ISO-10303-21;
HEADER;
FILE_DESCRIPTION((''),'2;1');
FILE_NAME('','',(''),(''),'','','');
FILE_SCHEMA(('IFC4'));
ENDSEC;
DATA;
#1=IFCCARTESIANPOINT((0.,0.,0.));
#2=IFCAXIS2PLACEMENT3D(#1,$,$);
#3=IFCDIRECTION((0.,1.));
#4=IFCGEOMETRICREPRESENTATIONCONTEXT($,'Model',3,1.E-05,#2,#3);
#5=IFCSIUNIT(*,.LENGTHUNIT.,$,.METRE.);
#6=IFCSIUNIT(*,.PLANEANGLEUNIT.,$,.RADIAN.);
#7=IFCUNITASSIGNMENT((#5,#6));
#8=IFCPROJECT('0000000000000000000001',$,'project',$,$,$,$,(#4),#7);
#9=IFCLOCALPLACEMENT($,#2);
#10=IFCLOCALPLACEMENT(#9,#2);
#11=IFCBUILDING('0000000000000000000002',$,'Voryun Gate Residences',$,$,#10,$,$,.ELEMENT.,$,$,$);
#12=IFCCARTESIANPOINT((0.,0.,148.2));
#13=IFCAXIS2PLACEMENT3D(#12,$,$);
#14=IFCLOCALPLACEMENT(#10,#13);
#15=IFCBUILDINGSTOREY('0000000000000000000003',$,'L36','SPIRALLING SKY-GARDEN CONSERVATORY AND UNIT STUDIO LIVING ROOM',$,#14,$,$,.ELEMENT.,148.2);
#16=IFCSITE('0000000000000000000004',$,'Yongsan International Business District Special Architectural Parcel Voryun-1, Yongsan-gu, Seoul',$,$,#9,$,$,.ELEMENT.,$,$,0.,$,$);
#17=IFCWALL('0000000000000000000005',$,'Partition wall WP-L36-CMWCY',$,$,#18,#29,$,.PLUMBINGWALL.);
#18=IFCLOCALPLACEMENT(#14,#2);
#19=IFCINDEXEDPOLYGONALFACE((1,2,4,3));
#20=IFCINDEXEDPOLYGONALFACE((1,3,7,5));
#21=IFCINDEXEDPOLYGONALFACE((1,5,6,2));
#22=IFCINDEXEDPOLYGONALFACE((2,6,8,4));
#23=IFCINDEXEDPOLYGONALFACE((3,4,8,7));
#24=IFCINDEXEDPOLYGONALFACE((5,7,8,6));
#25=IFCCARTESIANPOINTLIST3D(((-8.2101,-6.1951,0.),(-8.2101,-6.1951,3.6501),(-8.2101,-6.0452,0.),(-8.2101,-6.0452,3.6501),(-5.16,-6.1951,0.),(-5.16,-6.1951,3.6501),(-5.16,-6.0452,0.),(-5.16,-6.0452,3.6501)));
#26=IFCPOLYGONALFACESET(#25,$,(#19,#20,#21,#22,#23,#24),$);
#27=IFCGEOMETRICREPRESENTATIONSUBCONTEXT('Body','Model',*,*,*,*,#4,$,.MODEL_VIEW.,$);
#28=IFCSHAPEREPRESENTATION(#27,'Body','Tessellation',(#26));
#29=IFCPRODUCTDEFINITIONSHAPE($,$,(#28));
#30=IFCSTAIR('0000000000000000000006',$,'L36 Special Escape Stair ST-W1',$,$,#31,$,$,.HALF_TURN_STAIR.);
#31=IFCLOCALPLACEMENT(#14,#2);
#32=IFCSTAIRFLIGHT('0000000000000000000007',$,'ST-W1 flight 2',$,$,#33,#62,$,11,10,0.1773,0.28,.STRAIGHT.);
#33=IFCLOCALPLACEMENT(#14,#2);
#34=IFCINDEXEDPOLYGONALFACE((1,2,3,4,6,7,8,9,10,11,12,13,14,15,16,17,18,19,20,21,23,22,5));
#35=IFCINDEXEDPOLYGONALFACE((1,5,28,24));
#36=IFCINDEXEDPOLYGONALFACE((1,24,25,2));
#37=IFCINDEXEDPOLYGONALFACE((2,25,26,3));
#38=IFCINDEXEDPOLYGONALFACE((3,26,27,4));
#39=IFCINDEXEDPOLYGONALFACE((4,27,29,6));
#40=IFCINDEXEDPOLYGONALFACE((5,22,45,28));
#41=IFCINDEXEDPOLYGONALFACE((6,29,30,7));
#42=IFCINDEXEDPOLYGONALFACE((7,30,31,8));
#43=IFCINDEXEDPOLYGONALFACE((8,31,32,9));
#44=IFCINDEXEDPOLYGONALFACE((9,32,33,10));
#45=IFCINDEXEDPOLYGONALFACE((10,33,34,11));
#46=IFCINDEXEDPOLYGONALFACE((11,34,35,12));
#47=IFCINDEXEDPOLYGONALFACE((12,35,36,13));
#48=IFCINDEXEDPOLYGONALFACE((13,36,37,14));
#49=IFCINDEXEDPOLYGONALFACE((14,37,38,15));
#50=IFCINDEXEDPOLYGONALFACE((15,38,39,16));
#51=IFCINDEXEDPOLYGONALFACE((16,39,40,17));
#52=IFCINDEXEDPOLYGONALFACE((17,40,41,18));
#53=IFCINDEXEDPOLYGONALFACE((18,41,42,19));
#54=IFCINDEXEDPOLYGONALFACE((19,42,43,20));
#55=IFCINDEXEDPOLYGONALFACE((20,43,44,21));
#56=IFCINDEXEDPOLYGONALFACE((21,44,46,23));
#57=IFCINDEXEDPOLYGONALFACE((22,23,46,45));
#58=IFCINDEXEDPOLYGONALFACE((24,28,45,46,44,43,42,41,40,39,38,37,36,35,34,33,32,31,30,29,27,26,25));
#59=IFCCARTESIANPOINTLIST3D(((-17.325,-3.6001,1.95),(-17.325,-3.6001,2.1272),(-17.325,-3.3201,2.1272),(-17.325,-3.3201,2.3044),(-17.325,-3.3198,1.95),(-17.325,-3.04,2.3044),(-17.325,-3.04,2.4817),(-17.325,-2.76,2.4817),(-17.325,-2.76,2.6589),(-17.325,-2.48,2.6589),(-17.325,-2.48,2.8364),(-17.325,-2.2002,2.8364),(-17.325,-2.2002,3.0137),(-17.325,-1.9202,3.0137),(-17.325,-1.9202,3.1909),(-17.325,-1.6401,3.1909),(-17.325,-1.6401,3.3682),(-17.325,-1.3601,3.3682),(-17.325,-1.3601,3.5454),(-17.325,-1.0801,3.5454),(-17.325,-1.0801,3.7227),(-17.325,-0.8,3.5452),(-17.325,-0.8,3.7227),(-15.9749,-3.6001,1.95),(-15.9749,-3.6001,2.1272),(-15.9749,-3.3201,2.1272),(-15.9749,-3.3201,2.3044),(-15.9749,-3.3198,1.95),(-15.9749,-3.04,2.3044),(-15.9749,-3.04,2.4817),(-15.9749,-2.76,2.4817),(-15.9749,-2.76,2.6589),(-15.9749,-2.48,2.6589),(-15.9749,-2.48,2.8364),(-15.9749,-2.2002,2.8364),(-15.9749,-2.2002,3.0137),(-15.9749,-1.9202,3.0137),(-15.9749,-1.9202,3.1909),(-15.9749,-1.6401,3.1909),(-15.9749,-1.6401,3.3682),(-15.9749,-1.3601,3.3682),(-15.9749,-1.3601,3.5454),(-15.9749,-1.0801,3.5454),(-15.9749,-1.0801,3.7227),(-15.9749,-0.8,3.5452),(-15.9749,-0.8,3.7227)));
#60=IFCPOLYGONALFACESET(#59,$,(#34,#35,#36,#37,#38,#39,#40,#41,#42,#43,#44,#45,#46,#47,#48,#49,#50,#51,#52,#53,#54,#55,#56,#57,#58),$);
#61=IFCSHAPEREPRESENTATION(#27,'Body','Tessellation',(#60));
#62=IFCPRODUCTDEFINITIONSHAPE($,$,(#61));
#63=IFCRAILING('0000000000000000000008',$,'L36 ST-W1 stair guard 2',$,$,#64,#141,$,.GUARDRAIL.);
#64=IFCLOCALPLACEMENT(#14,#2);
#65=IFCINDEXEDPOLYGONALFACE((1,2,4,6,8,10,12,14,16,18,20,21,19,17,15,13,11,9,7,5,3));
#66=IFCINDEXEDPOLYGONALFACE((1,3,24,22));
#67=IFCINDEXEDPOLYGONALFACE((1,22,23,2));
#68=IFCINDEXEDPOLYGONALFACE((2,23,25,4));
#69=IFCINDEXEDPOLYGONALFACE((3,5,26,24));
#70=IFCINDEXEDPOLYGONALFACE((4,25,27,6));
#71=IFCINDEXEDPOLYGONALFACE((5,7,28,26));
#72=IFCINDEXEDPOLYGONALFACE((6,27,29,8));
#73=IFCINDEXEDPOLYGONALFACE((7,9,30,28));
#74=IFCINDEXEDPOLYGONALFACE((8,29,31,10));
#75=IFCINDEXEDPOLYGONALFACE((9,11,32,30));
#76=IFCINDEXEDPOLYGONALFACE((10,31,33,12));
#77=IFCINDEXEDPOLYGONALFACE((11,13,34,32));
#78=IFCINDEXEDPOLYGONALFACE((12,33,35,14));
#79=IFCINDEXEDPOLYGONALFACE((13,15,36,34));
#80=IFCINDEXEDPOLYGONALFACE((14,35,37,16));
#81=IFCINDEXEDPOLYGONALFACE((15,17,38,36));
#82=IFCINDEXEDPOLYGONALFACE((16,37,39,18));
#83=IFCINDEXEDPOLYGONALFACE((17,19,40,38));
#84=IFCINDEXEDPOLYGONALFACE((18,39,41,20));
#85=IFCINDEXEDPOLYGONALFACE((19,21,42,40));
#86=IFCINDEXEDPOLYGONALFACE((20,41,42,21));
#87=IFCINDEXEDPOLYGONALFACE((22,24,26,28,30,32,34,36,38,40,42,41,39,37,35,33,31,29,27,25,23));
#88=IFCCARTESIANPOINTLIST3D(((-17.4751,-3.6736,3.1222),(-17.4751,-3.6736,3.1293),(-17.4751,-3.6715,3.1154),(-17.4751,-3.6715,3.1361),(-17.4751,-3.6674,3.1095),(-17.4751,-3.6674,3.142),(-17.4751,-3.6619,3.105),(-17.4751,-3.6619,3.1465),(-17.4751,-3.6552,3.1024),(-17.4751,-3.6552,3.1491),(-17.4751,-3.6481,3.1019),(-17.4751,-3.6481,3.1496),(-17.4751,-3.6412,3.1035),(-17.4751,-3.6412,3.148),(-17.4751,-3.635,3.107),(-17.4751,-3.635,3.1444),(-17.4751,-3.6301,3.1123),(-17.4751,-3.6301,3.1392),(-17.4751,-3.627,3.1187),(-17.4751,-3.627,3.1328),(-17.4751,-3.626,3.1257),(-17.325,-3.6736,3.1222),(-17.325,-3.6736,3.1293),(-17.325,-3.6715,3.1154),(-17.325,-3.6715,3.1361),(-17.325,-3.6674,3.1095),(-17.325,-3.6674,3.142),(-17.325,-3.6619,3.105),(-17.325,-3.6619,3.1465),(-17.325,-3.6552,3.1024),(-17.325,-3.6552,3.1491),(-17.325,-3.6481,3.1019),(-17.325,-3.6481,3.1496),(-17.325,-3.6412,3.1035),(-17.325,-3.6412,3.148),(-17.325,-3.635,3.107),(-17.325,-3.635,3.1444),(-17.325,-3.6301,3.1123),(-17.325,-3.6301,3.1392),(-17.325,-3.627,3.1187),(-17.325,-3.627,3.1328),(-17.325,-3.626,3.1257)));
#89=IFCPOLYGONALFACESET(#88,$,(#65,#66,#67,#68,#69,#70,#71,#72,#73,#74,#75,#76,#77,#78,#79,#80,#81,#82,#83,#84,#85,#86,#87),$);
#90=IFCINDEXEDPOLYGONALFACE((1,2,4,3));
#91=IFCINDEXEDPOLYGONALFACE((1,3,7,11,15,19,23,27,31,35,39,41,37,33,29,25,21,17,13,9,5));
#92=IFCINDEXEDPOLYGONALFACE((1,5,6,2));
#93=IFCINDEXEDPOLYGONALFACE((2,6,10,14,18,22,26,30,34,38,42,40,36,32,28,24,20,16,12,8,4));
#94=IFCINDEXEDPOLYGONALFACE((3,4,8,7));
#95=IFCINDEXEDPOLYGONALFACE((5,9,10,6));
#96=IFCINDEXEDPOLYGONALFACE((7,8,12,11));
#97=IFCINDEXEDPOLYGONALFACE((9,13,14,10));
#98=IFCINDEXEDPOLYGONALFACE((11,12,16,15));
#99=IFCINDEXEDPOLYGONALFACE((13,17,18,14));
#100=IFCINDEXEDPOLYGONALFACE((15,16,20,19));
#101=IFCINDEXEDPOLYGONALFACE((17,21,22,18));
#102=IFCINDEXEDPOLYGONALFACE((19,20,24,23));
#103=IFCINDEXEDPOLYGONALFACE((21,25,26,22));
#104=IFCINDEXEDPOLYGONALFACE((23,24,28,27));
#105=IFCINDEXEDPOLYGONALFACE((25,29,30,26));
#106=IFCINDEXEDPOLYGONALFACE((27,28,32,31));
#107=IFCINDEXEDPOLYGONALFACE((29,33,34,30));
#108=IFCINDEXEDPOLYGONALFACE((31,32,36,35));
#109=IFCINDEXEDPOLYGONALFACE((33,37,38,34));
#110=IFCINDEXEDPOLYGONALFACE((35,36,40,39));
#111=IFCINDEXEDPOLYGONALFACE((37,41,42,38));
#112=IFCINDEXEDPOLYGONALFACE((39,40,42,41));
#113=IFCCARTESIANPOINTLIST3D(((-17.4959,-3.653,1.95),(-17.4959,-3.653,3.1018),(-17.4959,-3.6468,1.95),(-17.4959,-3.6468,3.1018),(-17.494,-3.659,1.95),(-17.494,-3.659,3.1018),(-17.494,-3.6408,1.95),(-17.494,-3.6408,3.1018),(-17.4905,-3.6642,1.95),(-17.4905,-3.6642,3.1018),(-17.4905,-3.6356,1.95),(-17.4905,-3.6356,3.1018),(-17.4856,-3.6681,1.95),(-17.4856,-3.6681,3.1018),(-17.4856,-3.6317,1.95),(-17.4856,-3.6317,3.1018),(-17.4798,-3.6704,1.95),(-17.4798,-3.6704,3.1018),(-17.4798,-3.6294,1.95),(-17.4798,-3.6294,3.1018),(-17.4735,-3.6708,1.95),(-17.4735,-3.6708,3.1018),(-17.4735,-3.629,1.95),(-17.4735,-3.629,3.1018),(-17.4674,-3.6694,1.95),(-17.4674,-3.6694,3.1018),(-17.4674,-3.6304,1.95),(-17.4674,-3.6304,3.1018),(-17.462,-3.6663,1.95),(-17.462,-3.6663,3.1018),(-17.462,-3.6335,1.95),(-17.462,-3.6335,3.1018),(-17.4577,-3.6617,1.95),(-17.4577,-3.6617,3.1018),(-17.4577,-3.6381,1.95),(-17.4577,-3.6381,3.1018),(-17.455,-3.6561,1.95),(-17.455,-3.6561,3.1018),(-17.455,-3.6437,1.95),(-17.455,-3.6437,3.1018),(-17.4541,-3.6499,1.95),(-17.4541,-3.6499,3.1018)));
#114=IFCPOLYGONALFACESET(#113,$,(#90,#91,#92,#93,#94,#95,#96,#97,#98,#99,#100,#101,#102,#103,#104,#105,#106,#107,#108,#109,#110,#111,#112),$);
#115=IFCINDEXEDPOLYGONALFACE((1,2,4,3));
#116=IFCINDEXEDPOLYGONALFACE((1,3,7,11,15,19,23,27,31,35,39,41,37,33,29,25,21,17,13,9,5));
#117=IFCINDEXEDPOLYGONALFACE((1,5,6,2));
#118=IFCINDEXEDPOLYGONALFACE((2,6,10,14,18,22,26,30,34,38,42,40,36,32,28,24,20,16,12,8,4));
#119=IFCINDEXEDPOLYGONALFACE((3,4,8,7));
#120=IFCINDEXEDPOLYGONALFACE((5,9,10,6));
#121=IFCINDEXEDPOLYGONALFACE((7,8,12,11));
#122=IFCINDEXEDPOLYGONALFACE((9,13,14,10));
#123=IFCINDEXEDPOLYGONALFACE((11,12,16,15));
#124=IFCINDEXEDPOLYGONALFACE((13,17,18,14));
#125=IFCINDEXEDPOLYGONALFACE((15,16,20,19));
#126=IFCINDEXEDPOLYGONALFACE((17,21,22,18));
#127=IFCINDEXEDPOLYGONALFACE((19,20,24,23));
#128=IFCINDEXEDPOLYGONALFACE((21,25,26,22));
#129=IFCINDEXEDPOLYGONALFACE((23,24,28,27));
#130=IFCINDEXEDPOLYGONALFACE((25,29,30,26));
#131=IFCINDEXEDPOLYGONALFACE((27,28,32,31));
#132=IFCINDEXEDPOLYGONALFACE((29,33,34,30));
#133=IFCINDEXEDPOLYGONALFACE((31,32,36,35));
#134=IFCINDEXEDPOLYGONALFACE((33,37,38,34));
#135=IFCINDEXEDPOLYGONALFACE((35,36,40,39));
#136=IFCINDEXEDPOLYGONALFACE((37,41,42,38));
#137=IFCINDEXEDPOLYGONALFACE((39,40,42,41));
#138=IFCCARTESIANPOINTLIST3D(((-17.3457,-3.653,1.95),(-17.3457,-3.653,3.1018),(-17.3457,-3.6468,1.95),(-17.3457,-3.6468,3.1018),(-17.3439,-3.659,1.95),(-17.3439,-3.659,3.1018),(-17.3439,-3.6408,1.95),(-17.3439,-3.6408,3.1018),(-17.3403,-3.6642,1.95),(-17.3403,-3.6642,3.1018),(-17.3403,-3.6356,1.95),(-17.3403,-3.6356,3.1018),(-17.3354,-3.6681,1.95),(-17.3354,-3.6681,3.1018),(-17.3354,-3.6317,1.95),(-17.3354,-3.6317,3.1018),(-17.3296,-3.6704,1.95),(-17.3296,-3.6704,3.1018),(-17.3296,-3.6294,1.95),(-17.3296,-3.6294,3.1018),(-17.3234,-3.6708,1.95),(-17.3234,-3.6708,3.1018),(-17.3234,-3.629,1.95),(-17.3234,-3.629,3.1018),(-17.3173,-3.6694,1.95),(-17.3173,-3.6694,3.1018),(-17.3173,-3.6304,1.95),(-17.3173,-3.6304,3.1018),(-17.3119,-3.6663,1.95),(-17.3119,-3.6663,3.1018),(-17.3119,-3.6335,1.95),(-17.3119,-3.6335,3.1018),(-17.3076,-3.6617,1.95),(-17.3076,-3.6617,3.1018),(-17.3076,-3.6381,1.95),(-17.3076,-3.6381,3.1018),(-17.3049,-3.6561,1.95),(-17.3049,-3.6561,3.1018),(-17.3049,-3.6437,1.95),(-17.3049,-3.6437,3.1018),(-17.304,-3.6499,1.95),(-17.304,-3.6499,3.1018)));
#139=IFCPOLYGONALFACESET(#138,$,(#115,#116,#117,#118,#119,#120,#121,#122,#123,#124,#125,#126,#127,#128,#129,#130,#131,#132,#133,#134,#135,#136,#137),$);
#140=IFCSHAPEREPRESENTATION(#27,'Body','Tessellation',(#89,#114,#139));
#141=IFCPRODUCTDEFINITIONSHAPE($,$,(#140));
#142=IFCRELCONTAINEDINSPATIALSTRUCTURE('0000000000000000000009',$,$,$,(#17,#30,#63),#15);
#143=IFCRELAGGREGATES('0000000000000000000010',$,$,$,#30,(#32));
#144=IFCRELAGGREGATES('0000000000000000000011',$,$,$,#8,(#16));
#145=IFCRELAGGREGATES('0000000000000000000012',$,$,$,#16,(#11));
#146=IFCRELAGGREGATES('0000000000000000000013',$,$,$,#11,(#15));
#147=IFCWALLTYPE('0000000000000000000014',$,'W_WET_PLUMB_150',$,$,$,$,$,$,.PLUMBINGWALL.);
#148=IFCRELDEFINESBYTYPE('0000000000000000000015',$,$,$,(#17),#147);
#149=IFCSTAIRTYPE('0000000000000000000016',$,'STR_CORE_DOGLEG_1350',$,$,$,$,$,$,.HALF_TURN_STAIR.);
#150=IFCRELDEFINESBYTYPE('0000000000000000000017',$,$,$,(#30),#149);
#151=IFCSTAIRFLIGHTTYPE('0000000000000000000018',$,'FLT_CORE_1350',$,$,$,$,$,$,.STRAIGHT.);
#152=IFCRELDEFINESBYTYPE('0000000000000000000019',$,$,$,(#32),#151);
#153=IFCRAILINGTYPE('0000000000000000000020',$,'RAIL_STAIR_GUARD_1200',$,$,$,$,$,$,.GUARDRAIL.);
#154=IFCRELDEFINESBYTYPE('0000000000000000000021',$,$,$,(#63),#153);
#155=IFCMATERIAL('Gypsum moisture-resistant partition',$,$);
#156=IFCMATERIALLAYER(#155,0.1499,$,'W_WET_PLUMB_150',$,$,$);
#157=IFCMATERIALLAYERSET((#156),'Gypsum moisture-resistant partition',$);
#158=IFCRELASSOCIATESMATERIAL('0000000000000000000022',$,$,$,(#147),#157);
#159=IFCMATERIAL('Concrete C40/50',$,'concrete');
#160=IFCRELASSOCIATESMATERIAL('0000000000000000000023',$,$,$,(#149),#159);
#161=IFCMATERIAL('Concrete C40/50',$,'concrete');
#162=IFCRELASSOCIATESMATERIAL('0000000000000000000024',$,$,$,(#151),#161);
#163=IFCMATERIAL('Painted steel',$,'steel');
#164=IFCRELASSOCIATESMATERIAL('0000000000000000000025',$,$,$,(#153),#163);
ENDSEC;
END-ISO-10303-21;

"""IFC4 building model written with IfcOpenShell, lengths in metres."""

from ifc_helpers import new_model, si_unit, direction, frame, frame_2d, origin, origin_2d, place, context, subcontext, project, spatial, polyline, rectangle, circle, outline, extrude, material, layer, layer_set, type_object, element, aggregate, save


model = new_model("IFC4")

# Units and contexts
model_context = context("Model", 3, precision=1e-05, world=origin(), true_north=direction((0.0, 1.0)))
body_context = subcontext(model_context, "Body", "Model", "MODEL_VIEW")
ifc_project = project(units=[si_unit("LENGTHUNIT", "METRE"), si_unit("PLANEANGLEUNIT", "RADIAN")], contexts=[model_context])

# Site, building, storey
site_placement = place(None, origin())
site = spatial("IfcSite", under=ifc_project, at=site_placement, Name="Yongsan International Business District Special Architectural Parcel Voryun-1, Yongsan-gu, Seoul", CompositionType="ELEMENT", RefElevation=0.0)
building_placement = place(site_placement, origin())
building = spatial("IfcBuilding", under=site, at=building_placement, Name="Voryun Gate Residences", CompositionType="ELEMENT")
storey_placement = place(building_placement, frame((0.0, 0.0, 148.2)))
storey = spatial("IfcBuildingStorey", under=building, at=storey_placement, Name="L36", Description="SPIRALLING SKY-GARDEN CONSERVATORY AND UNIT STUDIO LIVING ROOM", CompositionType="ELEMENT", Elevation=148.2)

# Wall
ifc_material_1 = material(Name="Gypsum moisture-resistant partition")
ifc_layer_1 = layer(ifc_material_1, 0.1499, Name="W_WET_PLUMB_150")
ifc_layer_set_1 = layer_set([ifc_layer_1], Name="Gypsum moisture-resistant partition")
wall_type_1 = type_object("IfcWallType", Name="W_WET_PLUMB_150", PredefinedType="PLUMBINGWALL", material=ifc_layer_set_1)
wall_1_placement = place(storey_placement, frame((-8.21, -6.1201, 0.0), z_axis=(0.0, 0.0, 1.0), x_axis=(1.0, 0.0, 0.0)))
element("IfcWall", 1, at=wall_1_placement, inside=storey, type_object=wall_type_1, Name="Partition wall WP-L36-CMWCY", PredefinedType="PLUMBINGWALL", context=body_context, shape_type="SweptSolid", body=[
    extrude(rectangle(XDim=3.05, YDim=0.1499, at=frame_2d((1.5249, 0.0))), origin(), (0.0, 0.0, 1.0), 3.6501),
])

# Stair, stair flight
ifc_material_2 = material(Name="Concrete C40/50", Category="concrete")
stair_type = type_object("IfcStairType", Name="STR_CORE_DOGLEG_1350", PredefinedType="HALF_TURN_STAIR", material=ifc_material_2)
stair_placement = place(storey_placement, origin())
stair = element("IfcStair", 2, at=stair_placement, inside=storey, type_object=stair_type, Name="L36 Special Escape Stair ST-W1", PredefinedType="HALF_TURN_STAIR")
ifc_material_3 = material(Name="Concrete C40/50", Category="concrete")
stair_flight_type = type_object("IfcStairFlightType", Name="FLT_CORE_1350", PredefinedType="STRAIGHT", material=ifc_material_3)
stair_flight_placement = place(storey_placement, frame((-16.6499, -3.6001, 1.95), z_axis=(0.0, 0.0, 1.0), x_axis=(0.0, 1.0, 0.0)))
stair_flight = element("IfcStairFlight", 3, at=stair_flight_placement, type_object=stair_flight_type, Name="ST-W1 flight 2", NumberOfRisers=11, NumberOfTreads=10, PredefinedType="STRAIGHT", RiserHeight=0.1773, TreadLength=0.28, context=body_context, shape_type="SweptSolid", body=[
    extrude(outline(polyline([(0.0, 0.0), (0.0, 0.1772), (0.28, 0.1772), (0.28, 0.3545), (0.5601, 0.3545), (0.5601, 0.5317), (0.8401, 0.5317), (0.8401, 0.709), (1.1201, 0.709), (1.1201, 0.8865), (1.3999, 0.8865), (1.3999, 1.0637), (1.6799, 1.0637), (1.6799, 1.241), (1.96, 1.241), (1.96, 1.4182), (2.24, 1.4182), (2.24, 1.5955), (2.52, 1.5955), (2.52, 1.7727), (2.8, 1.7727), (2.8, 1.95), (2.8, 1.5952), (0.2803, 0.0), (0.0, 0.0)])), frame((0.0, 0.675, 0.0), z_axis=(0.0, -1.0, 0.0), x_axis=(1.0, 0.0, 0.0)), (0.0, 0.0, 1.0), 1.3501),
])
aggregate(stair, [stair_flight])

# Railing
ifc_material_4 = material(Name="Painted steel", Category="steel")
railing_type_1 = type_object("IfcRailingType", Name="RAIL_STAIR_GUARD_1200", PredefinedType="GUARDRAIL", material=ifc_material_4)
railing_1_placement = place(storey_placement, frame((-17.4751, -3.6499, 1.95)))
element("IfcRailing", 4, at=railing_1_placement, inside=storey, type_object=railing_type_1, Name="L36 ST-W1 stair guard 2", PredefinedType="GUARDRAIL", context=body_context, shape_type="SweptSolid", body=[
    extrude(circle(Radius=0.0239, at=origin_2d()), frame((0.0, 0.0, 1.1758), z_axis=(1.0, 0.0, 0.0), x_axis=(0.0, 1.0, 0.0)), (0.0, 0.0, 1.0), 0.1501),
    extrude(circle(Radius=0.021, at=origin_2d()), origin(), (0.0, 0.0, 1.0), 1.1519),
    extrude(circle(Radius=0.021, at=origin_2d()), frame((0.1501, 0.0, 0.0)), (0.0, 0.0, 1.0), 1.1519),
])

save(model, "model.ifc")
